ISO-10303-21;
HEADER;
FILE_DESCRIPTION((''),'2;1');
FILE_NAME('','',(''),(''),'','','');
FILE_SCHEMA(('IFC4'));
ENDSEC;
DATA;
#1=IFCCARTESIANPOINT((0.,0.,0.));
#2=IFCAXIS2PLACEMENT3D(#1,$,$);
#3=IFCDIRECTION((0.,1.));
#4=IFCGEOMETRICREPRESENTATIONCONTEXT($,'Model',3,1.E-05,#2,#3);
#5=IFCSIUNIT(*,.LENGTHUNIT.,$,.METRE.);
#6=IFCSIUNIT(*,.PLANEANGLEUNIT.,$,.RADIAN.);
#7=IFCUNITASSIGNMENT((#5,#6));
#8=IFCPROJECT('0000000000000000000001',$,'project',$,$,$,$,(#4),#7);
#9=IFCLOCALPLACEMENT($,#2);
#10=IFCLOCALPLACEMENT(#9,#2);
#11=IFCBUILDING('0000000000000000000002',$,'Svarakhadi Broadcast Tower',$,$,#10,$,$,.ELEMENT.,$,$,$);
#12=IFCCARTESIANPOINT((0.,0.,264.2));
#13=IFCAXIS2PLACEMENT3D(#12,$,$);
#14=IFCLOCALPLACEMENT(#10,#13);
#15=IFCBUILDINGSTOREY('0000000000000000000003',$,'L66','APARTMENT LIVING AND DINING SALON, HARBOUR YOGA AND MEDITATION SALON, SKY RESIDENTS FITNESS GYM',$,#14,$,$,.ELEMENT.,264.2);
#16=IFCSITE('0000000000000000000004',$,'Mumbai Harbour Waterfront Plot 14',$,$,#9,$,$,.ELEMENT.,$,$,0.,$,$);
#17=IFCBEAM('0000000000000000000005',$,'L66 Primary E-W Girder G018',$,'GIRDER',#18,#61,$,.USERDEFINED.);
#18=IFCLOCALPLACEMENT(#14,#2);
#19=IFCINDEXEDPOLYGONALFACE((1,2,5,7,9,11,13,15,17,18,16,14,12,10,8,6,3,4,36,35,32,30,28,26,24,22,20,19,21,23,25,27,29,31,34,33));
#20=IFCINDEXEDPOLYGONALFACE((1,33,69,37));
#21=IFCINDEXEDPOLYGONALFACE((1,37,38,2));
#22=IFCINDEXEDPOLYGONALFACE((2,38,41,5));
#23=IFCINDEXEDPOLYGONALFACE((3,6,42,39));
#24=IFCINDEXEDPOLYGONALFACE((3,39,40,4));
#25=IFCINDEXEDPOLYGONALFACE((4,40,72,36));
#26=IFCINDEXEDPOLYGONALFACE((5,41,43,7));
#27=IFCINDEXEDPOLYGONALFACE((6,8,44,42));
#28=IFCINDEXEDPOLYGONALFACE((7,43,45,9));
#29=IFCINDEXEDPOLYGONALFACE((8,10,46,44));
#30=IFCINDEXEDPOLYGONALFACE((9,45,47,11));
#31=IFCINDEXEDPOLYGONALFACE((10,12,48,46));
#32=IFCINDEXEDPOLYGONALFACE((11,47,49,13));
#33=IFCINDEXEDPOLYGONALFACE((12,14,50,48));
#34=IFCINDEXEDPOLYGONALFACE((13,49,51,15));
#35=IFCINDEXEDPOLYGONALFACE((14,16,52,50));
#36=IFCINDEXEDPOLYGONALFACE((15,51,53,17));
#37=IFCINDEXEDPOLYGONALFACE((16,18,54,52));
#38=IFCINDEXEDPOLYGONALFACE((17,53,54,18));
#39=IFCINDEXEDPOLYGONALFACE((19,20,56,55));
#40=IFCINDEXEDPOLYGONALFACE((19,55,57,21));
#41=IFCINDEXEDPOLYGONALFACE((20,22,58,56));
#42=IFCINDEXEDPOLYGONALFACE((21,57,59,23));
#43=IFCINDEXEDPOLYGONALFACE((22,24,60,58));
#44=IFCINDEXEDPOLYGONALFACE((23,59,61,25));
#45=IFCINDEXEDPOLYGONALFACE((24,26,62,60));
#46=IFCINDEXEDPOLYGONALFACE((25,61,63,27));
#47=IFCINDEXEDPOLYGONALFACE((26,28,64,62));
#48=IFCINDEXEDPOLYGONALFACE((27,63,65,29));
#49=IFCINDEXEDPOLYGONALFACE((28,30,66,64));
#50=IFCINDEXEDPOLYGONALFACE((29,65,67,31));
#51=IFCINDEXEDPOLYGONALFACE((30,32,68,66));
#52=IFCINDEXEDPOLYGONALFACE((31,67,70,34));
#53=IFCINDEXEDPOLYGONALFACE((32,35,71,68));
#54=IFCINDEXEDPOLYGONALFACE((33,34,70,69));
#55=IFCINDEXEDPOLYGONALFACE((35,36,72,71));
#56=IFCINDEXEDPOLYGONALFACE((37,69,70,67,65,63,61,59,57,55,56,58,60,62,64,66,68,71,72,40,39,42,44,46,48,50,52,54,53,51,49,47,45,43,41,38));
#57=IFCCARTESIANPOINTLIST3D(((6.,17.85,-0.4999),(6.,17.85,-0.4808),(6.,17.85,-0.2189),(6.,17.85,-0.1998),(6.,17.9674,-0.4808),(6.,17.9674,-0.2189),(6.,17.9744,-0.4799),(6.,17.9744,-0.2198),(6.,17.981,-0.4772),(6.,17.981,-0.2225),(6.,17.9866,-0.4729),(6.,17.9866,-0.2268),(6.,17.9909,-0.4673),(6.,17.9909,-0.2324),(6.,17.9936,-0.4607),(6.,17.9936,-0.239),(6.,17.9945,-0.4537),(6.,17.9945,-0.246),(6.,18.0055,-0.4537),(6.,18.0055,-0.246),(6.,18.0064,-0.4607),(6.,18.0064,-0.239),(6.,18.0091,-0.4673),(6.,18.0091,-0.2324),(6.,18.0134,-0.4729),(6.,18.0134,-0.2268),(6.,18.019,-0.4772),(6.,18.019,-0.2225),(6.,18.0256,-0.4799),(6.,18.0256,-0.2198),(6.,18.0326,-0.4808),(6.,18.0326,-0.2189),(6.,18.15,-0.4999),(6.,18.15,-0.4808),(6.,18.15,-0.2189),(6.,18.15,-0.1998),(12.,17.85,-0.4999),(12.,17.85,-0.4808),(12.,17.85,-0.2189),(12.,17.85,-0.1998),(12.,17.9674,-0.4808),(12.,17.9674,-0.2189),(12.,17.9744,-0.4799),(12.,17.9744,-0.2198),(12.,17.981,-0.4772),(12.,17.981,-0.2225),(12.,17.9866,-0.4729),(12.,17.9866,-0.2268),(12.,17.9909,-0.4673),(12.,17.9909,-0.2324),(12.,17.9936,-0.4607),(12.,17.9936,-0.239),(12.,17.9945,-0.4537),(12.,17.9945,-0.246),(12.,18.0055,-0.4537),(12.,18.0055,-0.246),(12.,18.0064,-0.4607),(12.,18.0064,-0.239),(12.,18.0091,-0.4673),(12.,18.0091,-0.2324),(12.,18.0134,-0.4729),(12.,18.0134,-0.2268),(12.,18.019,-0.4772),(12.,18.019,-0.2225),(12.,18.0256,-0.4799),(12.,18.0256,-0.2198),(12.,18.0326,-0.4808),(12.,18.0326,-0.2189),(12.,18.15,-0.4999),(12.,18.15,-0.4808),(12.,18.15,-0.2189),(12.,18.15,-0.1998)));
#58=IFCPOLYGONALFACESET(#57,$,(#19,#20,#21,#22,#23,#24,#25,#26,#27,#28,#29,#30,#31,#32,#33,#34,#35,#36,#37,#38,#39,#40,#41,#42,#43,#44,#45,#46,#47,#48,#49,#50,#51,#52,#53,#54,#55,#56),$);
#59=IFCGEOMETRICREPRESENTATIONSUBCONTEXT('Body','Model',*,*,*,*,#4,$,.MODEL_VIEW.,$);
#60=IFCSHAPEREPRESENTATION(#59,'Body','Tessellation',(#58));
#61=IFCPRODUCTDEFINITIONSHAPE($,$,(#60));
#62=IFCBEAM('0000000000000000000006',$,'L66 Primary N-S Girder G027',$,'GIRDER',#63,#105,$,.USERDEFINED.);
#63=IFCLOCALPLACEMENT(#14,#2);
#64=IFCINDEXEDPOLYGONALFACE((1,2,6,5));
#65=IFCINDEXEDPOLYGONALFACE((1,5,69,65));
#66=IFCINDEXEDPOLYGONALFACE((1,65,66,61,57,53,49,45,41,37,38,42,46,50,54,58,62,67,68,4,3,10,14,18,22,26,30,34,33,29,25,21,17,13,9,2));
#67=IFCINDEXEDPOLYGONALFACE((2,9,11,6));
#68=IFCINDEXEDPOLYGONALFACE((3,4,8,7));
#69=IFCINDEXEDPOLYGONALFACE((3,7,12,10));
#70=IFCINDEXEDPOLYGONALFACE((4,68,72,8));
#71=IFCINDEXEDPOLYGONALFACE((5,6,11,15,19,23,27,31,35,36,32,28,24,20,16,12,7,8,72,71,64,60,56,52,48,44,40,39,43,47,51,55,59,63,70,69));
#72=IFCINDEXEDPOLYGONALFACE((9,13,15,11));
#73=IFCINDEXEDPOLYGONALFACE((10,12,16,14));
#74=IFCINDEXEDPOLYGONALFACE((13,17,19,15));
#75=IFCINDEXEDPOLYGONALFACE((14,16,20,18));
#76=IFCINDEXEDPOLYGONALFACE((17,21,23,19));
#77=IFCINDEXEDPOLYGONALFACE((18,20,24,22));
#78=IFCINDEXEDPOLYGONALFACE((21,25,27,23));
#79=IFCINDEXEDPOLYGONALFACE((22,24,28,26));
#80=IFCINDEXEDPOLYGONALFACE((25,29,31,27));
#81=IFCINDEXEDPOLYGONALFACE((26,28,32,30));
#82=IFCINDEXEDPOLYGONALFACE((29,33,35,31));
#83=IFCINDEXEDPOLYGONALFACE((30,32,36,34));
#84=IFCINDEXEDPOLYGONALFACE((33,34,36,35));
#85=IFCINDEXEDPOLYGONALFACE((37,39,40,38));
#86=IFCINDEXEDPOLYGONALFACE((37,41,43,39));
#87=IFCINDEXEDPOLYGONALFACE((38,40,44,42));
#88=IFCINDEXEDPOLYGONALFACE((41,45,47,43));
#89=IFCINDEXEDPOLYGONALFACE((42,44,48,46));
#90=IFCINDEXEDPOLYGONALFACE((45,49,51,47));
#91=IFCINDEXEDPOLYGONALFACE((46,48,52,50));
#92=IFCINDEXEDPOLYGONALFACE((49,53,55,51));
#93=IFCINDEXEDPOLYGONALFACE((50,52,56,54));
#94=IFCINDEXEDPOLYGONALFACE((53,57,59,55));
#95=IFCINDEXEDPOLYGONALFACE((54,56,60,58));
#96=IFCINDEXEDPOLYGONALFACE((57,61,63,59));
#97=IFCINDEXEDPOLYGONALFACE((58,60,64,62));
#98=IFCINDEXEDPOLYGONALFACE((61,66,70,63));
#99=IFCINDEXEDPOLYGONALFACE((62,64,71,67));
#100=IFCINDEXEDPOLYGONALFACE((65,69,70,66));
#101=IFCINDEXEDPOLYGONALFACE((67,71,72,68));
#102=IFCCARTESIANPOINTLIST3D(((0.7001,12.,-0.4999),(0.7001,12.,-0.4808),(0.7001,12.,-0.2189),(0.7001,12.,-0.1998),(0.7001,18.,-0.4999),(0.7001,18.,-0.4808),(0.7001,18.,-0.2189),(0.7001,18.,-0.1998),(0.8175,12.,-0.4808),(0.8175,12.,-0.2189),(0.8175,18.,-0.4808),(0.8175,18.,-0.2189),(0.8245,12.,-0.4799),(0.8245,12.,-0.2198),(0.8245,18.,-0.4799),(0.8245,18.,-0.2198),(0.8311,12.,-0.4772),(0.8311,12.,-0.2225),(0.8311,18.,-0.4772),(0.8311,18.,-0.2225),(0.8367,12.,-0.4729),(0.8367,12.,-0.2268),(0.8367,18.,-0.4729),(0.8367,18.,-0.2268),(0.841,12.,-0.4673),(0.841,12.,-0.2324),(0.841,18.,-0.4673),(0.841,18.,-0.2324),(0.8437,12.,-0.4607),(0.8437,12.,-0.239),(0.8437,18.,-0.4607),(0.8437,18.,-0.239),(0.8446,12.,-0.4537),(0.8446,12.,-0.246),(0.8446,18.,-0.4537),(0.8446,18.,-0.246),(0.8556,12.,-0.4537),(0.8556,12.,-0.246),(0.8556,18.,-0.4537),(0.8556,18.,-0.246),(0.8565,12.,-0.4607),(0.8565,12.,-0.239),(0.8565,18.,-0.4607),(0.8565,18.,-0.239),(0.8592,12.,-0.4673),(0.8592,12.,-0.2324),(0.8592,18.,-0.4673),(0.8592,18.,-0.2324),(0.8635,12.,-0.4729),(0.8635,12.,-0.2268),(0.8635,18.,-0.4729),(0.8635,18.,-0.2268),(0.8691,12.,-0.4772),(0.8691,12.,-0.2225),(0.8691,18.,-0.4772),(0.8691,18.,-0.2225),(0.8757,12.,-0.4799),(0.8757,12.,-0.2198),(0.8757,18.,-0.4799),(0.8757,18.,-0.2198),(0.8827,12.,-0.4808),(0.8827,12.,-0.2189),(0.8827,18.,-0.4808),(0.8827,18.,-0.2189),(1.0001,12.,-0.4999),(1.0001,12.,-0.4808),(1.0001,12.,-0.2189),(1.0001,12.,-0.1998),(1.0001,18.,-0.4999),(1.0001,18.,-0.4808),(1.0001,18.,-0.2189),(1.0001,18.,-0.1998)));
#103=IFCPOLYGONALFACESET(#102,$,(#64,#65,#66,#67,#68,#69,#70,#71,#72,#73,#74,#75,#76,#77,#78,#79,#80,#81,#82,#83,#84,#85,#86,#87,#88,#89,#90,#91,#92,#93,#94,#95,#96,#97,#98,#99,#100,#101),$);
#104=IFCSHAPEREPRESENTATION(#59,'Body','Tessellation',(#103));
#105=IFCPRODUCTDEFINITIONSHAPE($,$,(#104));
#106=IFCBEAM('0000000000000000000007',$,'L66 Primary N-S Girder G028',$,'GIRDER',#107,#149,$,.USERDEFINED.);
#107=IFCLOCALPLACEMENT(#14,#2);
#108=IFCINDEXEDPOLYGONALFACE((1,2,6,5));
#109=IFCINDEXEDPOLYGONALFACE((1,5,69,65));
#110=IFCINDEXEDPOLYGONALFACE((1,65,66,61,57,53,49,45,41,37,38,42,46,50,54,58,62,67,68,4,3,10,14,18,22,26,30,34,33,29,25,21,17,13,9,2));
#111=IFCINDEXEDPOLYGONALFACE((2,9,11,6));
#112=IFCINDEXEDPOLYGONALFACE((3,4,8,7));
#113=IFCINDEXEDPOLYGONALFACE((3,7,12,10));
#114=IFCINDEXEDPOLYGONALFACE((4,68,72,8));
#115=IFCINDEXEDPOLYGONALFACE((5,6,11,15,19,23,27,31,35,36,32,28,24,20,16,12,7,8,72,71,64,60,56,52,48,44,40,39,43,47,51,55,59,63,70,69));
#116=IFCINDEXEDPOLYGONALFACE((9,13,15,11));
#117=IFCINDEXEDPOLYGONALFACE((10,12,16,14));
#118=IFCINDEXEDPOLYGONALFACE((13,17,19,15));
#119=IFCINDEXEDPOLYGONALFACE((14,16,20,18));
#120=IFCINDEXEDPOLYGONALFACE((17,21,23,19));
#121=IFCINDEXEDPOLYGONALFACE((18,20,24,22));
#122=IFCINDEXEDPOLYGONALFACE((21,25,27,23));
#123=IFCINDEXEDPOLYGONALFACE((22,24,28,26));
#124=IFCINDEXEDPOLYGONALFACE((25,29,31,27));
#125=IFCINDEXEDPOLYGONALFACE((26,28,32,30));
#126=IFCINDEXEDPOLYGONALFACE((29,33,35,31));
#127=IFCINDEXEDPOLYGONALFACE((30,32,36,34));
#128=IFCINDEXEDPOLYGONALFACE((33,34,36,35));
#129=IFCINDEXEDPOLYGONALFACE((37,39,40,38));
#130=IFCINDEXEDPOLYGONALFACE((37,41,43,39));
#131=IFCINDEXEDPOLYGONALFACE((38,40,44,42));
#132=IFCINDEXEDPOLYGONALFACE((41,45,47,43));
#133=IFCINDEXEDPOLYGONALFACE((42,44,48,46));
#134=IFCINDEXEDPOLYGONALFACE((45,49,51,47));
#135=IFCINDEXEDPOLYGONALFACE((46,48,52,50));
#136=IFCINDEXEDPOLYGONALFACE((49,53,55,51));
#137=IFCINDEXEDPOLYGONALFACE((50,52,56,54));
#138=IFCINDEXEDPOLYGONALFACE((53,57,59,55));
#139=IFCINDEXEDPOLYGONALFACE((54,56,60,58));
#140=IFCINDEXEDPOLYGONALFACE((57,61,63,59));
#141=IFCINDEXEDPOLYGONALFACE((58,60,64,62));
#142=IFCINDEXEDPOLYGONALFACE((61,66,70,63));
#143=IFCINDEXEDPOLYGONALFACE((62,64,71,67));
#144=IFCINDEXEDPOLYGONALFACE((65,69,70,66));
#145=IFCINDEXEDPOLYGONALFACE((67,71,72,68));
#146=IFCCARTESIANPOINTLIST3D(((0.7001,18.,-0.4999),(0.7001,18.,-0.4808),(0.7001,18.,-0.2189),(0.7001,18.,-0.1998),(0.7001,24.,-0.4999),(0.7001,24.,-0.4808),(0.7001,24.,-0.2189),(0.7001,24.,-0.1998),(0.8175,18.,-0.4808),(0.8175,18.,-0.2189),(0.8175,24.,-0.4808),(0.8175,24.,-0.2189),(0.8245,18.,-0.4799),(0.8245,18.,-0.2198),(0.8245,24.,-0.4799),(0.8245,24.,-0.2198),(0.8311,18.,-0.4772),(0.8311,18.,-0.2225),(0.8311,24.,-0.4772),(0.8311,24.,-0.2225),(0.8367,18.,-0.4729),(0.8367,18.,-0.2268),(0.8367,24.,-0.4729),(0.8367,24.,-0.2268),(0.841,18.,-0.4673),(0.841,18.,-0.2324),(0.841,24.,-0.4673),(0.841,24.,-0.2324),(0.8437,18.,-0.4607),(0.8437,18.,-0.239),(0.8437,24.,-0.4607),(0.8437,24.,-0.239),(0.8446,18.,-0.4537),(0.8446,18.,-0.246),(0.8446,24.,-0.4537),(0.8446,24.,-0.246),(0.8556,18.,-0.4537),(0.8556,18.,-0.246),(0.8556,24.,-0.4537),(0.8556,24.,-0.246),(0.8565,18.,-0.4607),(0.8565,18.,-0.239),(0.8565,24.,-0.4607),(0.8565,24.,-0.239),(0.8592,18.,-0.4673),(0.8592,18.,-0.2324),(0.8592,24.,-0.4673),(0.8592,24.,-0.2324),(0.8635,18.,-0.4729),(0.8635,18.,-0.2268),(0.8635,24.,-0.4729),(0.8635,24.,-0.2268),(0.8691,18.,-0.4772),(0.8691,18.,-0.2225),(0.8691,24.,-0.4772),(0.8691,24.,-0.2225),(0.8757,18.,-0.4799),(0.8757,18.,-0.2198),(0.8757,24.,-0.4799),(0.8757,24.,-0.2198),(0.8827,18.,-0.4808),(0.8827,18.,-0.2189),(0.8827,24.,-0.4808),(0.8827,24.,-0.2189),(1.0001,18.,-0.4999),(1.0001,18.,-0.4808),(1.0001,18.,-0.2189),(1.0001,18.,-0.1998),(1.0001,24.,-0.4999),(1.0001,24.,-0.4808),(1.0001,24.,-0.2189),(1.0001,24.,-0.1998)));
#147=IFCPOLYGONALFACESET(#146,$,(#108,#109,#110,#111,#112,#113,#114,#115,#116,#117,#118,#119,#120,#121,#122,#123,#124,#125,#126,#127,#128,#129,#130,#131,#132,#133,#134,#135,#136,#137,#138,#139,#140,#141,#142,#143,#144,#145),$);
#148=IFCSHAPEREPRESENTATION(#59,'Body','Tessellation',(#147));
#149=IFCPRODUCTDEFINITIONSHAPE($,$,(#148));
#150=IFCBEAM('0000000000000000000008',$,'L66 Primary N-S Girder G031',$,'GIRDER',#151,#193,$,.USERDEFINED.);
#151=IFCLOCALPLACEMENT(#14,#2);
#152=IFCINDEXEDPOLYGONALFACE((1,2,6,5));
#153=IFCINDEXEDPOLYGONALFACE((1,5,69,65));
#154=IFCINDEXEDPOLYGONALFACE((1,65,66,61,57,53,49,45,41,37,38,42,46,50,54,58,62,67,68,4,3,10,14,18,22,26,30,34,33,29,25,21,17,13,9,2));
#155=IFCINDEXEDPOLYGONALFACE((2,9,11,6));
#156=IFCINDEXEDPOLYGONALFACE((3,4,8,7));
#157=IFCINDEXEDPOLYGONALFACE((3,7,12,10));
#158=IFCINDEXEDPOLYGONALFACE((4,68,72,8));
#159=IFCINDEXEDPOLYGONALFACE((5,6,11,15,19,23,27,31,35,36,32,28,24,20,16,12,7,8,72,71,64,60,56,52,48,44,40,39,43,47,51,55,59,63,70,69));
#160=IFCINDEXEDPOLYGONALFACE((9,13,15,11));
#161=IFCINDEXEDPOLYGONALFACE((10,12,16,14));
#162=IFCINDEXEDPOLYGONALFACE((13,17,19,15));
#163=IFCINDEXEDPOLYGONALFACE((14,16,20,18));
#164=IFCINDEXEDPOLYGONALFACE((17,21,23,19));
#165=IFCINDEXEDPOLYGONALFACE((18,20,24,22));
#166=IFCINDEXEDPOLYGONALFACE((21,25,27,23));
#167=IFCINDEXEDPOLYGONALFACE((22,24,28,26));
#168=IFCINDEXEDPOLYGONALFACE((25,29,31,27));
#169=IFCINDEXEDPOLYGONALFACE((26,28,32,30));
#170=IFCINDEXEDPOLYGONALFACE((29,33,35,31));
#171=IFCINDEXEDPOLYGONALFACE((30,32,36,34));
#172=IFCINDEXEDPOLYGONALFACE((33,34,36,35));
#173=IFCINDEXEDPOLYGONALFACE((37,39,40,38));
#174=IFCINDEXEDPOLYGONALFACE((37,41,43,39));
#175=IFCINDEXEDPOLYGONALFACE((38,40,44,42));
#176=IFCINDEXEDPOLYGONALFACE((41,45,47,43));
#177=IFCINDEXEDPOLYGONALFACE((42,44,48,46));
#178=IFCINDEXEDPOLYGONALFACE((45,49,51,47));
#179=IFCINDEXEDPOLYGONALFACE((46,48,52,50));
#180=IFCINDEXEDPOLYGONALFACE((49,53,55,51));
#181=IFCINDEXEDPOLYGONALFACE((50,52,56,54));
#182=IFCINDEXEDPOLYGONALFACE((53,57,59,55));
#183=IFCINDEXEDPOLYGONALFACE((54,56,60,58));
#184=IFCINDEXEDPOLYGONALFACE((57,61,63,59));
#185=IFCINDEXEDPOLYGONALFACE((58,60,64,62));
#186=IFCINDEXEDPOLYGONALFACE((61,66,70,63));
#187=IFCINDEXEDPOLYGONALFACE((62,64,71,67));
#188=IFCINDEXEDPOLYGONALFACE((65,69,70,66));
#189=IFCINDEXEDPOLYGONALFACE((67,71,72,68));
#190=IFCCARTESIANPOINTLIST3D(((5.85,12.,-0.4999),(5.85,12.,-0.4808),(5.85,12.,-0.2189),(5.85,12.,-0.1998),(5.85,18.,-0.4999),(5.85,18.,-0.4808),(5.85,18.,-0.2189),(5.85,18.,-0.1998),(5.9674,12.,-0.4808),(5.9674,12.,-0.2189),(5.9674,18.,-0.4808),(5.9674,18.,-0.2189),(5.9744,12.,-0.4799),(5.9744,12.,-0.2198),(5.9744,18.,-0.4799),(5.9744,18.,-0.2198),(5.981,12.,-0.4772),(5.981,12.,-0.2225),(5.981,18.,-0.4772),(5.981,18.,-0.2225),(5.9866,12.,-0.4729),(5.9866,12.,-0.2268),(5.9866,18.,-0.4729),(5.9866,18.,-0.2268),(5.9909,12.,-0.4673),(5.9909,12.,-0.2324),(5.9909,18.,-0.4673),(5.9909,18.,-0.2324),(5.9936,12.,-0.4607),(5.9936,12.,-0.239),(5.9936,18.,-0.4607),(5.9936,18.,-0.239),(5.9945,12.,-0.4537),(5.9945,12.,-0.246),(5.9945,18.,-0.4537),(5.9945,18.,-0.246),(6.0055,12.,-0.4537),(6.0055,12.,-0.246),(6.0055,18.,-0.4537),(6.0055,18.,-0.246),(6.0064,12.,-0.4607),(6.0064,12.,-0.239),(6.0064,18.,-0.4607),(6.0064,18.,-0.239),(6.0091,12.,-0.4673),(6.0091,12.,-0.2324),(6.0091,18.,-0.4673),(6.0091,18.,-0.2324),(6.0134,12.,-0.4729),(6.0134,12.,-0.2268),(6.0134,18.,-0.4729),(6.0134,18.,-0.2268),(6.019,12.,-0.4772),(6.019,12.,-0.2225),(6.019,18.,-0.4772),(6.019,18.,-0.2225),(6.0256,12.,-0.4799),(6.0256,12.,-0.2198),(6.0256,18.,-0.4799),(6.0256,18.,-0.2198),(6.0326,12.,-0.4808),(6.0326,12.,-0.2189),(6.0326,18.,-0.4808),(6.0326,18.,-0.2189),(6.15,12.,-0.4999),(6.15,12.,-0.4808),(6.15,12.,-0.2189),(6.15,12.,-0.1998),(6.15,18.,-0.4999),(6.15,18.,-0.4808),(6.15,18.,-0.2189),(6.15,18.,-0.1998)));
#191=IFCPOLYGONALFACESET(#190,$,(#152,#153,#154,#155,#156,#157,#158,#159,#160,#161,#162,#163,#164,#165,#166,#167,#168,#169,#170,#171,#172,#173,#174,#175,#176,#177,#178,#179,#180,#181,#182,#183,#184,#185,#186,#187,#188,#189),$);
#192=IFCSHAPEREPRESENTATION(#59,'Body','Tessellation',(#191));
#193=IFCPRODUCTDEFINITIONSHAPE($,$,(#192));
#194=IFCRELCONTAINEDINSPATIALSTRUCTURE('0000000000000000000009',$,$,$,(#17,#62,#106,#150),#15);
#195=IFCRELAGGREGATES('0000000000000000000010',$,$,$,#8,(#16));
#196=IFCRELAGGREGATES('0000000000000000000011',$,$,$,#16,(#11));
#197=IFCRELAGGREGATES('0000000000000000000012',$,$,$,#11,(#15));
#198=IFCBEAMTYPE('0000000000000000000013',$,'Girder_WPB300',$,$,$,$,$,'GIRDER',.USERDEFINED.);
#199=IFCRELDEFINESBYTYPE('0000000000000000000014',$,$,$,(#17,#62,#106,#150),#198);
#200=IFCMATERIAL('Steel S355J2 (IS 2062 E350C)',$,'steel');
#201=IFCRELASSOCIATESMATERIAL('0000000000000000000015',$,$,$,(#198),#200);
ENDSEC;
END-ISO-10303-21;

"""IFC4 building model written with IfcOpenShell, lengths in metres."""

from ifc_helpers import new_model, si_unit, direction, frame, origin, origin_2d, place, context, subcontext, project, spatial, i_section, extrude, material, material_profile, profile_set, type_object, element, save


model = new_model("IFC4")

# Units and contexts
model_context = context("Model", 3, precision=1e-05, world=origin(), true_north=direction((0.0, 1.0)))
body_context = subcontext(model_context, "Body", "Model", "MODEL_VIEW")
ifc_project = project(units=[si_unit("LENGTHUNIT", "METRE"), si_unit("PLANEANGLEUNIT", "RADIAN")], contexts=[model_context])

# Site, building, storey
site_placement = place(None, origin())
site = spatial("IfcSite", under=ifc_project, at=site_placement, Name="Mumbai Harbour Waterfront Plot 14", CompositionType="ELEMENT", RefElevation=0.0)
building_placement = place(site_placement, origin())
building = spatial("IfcBuilding", under=site, at=building_placement, Name="Svarakhadi Broadcast Tower", CompositionType="ELEMENT")
storey_placement = place(building_placement, frame((0.0, 0.0, 264.2)))
storey = spatial("IfcBuildingStorey", under=building, at=storey_placement, Name="L66", Description="APARTMENT LIVING AND DINING SALON, HARBOUR YOGA AND MEDITATION SALON, SKY RESIDENTS FITNESS GYM", CompositionType="ELEMENT", Elevation=264.2)

# Shared definitions
ifc_material_1 = material(Name="Steel S355J2 (IS 2062 E350C)", Category="steel")

# Beams
ifc_material_profile_1 = material_profile(ifc_material_1, i_section(OverallWidth=0.3, OverallDepth=0.3, WebThickness=0.011, FlangeThickness=0.019, FilletRadius=0.0271, at=origin_2d()), Name="WPB 300x300x117")
ifc_profile_set_1 = profile_set([ifc_material_profile_1], Name="Steel S355J2 (IS 2062 E350C)")
beam_type_1 = type_object("IfcBeamType", Name="Girder_WPB300", ElementType="GIRDER", PredefinedType="USERDEFINED", material=ifc_profile_set_1)
for number, where, z_axis, x_axis, name in (
    (1, (6.0, 18.0, -0.3499), (1.0, 0.0, 0.0), (0.0, 1.0, 0.0), "L66 Primary E-W Girder G018"),
    (2, (0.8501, 12.0, -0.3499), (0.0, 1.0, 0.0), (-1.0, 0.0, 0.0), "L66 Primary N-S Girder G027"),
    (3, (0.8501, 18.0, -0.3499), (0.0, 1.0, 0.0), (-1.0, 0.0, 0.0), "L66 Primary N-S Girder G028"),
    (4, (6.0, 12.0, -0.3499), (0.0, 1.0, 0.0), (-1.0, 0.0, 0.0), "L66 Primary N-S Girder G031"),
):
    element("IfcBeam", number, at=place(storey_placement, frame(where, z_axis=z_axis, x_axis=x_axis)), inside=storey, type_object=beam_type_1, Name=name, ObjectType="GIRDER", PredefinedType="USERDEFINED", context=body_context, shape_type="SweptSolid", body=[
        extrude(i_section(OverallWidth=0.3, OverallDepth=0.3, WebThickness=0.011, FlangeThickness=0.019, FilletRadius=0.0271, at=origin_2d()), origin(), (0.0, 0.0, 1.0), 6.0),
    ])

save(model, "model.ifc")
